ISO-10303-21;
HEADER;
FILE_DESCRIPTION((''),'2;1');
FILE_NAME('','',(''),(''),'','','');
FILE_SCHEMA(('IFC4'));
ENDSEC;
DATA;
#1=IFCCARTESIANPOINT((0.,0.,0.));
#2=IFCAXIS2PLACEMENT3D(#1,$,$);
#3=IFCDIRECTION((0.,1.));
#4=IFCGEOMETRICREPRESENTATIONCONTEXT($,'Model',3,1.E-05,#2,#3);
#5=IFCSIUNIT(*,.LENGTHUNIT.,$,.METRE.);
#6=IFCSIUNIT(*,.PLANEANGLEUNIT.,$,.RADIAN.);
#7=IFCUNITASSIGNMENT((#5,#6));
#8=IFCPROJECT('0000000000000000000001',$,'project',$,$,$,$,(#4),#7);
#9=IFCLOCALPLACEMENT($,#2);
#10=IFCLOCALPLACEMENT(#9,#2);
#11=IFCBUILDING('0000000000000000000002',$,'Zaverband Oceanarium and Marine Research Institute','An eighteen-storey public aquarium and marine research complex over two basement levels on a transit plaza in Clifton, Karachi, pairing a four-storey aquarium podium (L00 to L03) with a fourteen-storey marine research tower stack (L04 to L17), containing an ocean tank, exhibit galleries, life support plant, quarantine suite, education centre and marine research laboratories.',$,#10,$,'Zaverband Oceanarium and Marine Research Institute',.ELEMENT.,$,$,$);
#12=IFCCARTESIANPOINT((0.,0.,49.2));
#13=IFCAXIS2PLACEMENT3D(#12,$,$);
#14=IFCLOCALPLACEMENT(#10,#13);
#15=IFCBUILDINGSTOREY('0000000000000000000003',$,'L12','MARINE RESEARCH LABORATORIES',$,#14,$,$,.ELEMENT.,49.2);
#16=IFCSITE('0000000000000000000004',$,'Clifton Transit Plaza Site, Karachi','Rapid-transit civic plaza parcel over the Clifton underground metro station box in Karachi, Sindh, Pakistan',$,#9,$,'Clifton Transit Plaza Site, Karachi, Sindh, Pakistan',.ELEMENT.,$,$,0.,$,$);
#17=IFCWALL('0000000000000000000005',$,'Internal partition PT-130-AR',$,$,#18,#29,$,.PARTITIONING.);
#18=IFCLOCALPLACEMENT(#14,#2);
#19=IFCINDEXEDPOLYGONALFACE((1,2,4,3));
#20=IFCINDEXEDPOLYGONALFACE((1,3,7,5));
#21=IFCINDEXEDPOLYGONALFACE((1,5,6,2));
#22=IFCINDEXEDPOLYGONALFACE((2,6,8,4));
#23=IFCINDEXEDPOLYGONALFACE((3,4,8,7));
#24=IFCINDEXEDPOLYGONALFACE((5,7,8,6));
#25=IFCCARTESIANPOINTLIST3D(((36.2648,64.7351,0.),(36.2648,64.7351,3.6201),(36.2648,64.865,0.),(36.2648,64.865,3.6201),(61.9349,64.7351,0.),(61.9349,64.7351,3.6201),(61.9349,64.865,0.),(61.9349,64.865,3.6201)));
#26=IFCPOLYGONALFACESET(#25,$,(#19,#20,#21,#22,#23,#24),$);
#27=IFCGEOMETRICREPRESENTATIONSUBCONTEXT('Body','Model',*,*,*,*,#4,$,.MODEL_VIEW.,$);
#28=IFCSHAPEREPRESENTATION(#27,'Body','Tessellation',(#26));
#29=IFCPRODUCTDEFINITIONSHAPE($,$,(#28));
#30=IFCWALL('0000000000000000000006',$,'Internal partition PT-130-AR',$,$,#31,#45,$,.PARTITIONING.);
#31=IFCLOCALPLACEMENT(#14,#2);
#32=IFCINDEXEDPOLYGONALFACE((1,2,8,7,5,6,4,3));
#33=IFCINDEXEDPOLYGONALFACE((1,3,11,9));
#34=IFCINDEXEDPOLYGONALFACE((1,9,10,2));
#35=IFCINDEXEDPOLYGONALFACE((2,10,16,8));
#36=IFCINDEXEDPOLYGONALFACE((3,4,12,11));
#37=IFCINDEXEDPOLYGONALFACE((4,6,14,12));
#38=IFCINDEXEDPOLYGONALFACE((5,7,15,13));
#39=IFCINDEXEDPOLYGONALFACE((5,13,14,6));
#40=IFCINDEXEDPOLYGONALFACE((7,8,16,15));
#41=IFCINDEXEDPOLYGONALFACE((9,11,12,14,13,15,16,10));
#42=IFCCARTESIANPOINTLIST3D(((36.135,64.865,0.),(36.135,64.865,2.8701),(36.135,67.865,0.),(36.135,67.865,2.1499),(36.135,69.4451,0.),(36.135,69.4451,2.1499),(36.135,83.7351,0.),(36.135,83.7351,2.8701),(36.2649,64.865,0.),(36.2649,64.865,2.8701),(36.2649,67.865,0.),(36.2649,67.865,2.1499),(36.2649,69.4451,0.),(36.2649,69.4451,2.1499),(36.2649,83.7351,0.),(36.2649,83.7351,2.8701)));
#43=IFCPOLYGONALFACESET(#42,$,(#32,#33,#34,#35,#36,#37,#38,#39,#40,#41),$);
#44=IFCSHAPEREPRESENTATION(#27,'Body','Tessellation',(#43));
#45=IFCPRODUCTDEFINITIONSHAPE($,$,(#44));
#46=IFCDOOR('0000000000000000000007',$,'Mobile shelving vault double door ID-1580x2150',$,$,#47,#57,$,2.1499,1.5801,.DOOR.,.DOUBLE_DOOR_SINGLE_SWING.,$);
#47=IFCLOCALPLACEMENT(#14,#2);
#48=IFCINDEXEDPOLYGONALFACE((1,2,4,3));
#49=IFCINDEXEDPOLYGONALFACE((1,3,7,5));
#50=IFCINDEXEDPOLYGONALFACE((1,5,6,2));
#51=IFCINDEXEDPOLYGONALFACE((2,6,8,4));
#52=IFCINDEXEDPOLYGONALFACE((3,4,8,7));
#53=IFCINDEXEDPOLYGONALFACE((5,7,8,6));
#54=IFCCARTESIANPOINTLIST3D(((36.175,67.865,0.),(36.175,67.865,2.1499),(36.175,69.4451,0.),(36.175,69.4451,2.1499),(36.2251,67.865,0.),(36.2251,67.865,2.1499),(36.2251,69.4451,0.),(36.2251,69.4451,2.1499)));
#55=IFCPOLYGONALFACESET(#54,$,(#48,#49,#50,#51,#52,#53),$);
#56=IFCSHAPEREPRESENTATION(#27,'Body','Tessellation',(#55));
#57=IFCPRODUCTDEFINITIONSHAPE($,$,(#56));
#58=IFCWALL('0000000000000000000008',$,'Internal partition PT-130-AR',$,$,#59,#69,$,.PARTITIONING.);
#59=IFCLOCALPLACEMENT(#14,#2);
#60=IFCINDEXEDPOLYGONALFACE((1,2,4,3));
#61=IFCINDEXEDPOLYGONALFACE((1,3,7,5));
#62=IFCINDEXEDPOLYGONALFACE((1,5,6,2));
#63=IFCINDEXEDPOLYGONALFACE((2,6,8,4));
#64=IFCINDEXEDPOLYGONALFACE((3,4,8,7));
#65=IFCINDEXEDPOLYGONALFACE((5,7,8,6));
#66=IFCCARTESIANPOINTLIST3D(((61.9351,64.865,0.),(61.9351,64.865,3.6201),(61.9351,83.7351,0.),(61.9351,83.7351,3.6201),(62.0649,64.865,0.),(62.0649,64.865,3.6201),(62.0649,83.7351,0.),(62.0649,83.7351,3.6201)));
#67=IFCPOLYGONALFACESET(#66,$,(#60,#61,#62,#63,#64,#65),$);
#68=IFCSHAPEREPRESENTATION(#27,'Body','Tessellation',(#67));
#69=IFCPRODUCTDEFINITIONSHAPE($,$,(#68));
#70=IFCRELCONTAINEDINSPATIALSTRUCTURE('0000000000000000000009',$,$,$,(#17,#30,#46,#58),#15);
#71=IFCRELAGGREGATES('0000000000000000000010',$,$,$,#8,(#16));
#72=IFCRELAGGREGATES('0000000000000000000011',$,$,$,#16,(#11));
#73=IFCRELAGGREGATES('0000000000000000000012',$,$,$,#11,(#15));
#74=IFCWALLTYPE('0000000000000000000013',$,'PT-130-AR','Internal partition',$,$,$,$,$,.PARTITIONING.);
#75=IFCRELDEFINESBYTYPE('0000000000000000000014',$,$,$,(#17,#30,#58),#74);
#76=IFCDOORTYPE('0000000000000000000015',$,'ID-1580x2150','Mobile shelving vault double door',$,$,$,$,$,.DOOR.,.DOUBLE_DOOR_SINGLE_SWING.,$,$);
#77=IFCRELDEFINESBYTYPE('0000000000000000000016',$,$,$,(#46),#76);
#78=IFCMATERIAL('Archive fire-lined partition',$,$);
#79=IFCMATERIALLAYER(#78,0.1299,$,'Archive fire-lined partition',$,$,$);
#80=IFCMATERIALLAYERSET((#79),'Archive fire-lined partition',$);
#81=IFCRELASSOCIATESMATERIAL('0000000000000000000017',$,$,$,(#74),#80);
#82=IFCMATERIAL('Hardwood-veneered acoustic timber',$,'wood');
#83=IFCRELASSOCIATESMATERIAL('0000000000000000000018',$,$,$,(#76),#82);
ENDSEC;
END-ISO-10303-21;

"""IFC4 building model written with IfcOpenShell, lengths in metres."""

from ifc_helpers import new_model, si_unit, direction, frame, frame_2d, origin, place, context, subcontext, project, spatial, rectangle, extrude, material, layer, layer_set, type_object, element, fill, save


model = new_model("IFC4")

# Units and contexts
model_context = context("Model", 3, precision=1e-05, world=origin(), true_north=direction((0.0, 1.0)))
body_context = subcontext(model_context, "Body", "Model", "MODEL_VIEW")
ifc_project = project(units=[si_unit("LENGTHUNIT", "METRE"), si_unit("PLANEANGLEUNIT", "RADIAN")], contexts=[model_context])

# Site, building, storey
site_placement = place(None, origin())
site = spatial("IfcSite", under=ifc_project, at=site_placement, Name="Clifton Transit Plaza Site, Karachi", Description="Rapid-transit civic plaza parcel over the Clifton underground metro station box in Karachi, Sindh, Pakistan", LongName="Clifton Transit Plaza Site, Karachi, Sindh, Pakistan", CompositionType="ELEMENT", RefElevation=0.0)
building_placement = place(site_placement, origin())
building = spatial("IfcBuilding", under=site, at=building_placement, Name="Zaverband Oceanarium and Marine Research Institute", Description="An eighteen-storey public aquarium and marine research complex over two basement levels on a transit plaza in Clifton, Karachi, pairing a four-storey aquarium podium (L00 to L03) with a fourteen-storey marine research tower stack (L04 to L17), containing an ocean tank, exhibit galleries, life support plant, quarantine suite, education centre and marine research laboratories.", LongName="Zaverband Oceanarium and Marine Research Institute", CompositionType="ELEMENT")
storey_placement = place(building_placement, frame((0.0, 0.0, 49.2)))
storey = spatial("IfcBuildingStorey", under=building, at=storey_placement, Name="L12", Description="MARINE RESEARCH LABORATORIES", CompositionType="ELEMENT", Elevation=49.2)

# Wall
ifc_material_1 = material(Name="Archive fire-lined partition")
ifc_layer_1 = layer(ifc_material_1, 0.1299, Name="Archive fire-lined partition")
ifc_layer_set_1 = layer_set([ifc_layer_1], Name="Archive fire-lined partition")
wall_type_1 = type_object("IfcWallType", Name="PT-130-AR", Description="Internal partition", PredefinedType="PARTITIONING", material=ifc_layer_set_1)
wall_1_placement = place(storey_placement, frame((36.2649, 64.8, 0.0), z_axis=(0.0, 0.0, 1.0), x_axis=(1.0, 0.0, 0.0)))
element("IfcWall", 1, at=wall_1_placement, inside=storey, type_object=wall_type_1, Name="Internal partition PT-130-AR", PredefinedType="PARTITIONING", context=body_context, shape_type="SweptSolid", body=[
    extrude(rectangle(XDim=25.6702, YDim=0.1299, at=frame_2d((12.835, 0.0))), origin(), (0.0, 0.0, 1.0), 3.6201),
])

# Wall, opening, door
wall_2_placement = place(storey_placement, frame((36.2, 64.865, 0.0), z_axis=(0.0, 0.0, 1.0), x_axis=(0.0, 1.0, 0.0)))
wall_2 = element("IfcWall", 2, at=wall_2_placement, inside=storey, type_object=wall_type_1, Name="Internal partition PT-130-AR", PredefinedType="PARTITIONING", context=body_context, shape_type="SweptSolid", body=[
    extrude(rectangle(XDim=18.8701, YDim=0.1299, at=frame_2d((9.4351, 0.0))), origin(), (0.0, 0.0, 1.0), 2.8701),
])
opening_1_placement = place(wall_2_placement, frame((3.0, 0.0, 0.0)))
opening_1 = element("IfcOpeningElement", 3, at=opening_1_placement, cuts=wall_2, PredefinedType="OPENING", context=body_context, shape_type="SweptSolid", body=[
    extrude(rectangle(XDim=1.5801, YDim=2.1499, at=frame_2d((0.79, 1.075))), frame((0.0, 0.0769, 0.0), z_axis=(0.0, -1.0, 0.0), x_axis=(1.0, 0.0, 0.0)), (0.0, 0.0, 1.0), 0.1538),
])
ifc_material_2 = material(Name="Hardwood-veneered acoustic timber", Category="wood")
door_type = type_object("IfcDoorType", Name="ID-1580x2150", Description="Mobile shelving vault double door", OperationType="DOUBLE_DOOR_SINGLE_SWING", PredefinedType="DOOR", material=ifc_material_2)
door_placement = place(opening_1_placement, origin())
door = element("IfcDoor", 4, at=door_placement, inside=storey, type_object=door_type, Name="Mobile shelving vault double door ID-1580x2150", OperationType="DOUBLE_DOOR_SINGLE_SWING", OverallHeight=2.1499, OverallWidth=1.5801, PredefinedType="DOOR", context=body_context, shape_type="SweptSolid", body=[
    extrude(rectangle(XDim=1.5801, YDim=2.1499, at=frame_2d((0.79, 1.075))), frame((0.0, 0.0249, 0.0), z_axis=(0.0, -1.0, 0.0), x_axis=(1.0, 0.0, 0.0)), (0.0, 0.0, 1.0), 0.05),
])
fill(opening_1, door)

# Wall
wall_3_placement = place(storey_placement, frame((62.0, 64.865, 0.0), z_axis=(0.0, 0.0, 1.0), x_axis=(0.0, 1.0, 0.0)))
element("IfcWall", 5, at=wall_3_placement, inside=storey, type_object=wall_type_1, Name="Internal partition PT-130-AR", PredefinedType="PARTITIONING", context=body_context, shape_type="SweptSolid", body=[
    extrude(rectangle(XDim=18.8701, YDim=0.1299, at=frame_2d((9.4351, 0.0))), origin(), (0.0, 0.0, 1.0), 3.6201),
])

save(model, "model.ifc")
